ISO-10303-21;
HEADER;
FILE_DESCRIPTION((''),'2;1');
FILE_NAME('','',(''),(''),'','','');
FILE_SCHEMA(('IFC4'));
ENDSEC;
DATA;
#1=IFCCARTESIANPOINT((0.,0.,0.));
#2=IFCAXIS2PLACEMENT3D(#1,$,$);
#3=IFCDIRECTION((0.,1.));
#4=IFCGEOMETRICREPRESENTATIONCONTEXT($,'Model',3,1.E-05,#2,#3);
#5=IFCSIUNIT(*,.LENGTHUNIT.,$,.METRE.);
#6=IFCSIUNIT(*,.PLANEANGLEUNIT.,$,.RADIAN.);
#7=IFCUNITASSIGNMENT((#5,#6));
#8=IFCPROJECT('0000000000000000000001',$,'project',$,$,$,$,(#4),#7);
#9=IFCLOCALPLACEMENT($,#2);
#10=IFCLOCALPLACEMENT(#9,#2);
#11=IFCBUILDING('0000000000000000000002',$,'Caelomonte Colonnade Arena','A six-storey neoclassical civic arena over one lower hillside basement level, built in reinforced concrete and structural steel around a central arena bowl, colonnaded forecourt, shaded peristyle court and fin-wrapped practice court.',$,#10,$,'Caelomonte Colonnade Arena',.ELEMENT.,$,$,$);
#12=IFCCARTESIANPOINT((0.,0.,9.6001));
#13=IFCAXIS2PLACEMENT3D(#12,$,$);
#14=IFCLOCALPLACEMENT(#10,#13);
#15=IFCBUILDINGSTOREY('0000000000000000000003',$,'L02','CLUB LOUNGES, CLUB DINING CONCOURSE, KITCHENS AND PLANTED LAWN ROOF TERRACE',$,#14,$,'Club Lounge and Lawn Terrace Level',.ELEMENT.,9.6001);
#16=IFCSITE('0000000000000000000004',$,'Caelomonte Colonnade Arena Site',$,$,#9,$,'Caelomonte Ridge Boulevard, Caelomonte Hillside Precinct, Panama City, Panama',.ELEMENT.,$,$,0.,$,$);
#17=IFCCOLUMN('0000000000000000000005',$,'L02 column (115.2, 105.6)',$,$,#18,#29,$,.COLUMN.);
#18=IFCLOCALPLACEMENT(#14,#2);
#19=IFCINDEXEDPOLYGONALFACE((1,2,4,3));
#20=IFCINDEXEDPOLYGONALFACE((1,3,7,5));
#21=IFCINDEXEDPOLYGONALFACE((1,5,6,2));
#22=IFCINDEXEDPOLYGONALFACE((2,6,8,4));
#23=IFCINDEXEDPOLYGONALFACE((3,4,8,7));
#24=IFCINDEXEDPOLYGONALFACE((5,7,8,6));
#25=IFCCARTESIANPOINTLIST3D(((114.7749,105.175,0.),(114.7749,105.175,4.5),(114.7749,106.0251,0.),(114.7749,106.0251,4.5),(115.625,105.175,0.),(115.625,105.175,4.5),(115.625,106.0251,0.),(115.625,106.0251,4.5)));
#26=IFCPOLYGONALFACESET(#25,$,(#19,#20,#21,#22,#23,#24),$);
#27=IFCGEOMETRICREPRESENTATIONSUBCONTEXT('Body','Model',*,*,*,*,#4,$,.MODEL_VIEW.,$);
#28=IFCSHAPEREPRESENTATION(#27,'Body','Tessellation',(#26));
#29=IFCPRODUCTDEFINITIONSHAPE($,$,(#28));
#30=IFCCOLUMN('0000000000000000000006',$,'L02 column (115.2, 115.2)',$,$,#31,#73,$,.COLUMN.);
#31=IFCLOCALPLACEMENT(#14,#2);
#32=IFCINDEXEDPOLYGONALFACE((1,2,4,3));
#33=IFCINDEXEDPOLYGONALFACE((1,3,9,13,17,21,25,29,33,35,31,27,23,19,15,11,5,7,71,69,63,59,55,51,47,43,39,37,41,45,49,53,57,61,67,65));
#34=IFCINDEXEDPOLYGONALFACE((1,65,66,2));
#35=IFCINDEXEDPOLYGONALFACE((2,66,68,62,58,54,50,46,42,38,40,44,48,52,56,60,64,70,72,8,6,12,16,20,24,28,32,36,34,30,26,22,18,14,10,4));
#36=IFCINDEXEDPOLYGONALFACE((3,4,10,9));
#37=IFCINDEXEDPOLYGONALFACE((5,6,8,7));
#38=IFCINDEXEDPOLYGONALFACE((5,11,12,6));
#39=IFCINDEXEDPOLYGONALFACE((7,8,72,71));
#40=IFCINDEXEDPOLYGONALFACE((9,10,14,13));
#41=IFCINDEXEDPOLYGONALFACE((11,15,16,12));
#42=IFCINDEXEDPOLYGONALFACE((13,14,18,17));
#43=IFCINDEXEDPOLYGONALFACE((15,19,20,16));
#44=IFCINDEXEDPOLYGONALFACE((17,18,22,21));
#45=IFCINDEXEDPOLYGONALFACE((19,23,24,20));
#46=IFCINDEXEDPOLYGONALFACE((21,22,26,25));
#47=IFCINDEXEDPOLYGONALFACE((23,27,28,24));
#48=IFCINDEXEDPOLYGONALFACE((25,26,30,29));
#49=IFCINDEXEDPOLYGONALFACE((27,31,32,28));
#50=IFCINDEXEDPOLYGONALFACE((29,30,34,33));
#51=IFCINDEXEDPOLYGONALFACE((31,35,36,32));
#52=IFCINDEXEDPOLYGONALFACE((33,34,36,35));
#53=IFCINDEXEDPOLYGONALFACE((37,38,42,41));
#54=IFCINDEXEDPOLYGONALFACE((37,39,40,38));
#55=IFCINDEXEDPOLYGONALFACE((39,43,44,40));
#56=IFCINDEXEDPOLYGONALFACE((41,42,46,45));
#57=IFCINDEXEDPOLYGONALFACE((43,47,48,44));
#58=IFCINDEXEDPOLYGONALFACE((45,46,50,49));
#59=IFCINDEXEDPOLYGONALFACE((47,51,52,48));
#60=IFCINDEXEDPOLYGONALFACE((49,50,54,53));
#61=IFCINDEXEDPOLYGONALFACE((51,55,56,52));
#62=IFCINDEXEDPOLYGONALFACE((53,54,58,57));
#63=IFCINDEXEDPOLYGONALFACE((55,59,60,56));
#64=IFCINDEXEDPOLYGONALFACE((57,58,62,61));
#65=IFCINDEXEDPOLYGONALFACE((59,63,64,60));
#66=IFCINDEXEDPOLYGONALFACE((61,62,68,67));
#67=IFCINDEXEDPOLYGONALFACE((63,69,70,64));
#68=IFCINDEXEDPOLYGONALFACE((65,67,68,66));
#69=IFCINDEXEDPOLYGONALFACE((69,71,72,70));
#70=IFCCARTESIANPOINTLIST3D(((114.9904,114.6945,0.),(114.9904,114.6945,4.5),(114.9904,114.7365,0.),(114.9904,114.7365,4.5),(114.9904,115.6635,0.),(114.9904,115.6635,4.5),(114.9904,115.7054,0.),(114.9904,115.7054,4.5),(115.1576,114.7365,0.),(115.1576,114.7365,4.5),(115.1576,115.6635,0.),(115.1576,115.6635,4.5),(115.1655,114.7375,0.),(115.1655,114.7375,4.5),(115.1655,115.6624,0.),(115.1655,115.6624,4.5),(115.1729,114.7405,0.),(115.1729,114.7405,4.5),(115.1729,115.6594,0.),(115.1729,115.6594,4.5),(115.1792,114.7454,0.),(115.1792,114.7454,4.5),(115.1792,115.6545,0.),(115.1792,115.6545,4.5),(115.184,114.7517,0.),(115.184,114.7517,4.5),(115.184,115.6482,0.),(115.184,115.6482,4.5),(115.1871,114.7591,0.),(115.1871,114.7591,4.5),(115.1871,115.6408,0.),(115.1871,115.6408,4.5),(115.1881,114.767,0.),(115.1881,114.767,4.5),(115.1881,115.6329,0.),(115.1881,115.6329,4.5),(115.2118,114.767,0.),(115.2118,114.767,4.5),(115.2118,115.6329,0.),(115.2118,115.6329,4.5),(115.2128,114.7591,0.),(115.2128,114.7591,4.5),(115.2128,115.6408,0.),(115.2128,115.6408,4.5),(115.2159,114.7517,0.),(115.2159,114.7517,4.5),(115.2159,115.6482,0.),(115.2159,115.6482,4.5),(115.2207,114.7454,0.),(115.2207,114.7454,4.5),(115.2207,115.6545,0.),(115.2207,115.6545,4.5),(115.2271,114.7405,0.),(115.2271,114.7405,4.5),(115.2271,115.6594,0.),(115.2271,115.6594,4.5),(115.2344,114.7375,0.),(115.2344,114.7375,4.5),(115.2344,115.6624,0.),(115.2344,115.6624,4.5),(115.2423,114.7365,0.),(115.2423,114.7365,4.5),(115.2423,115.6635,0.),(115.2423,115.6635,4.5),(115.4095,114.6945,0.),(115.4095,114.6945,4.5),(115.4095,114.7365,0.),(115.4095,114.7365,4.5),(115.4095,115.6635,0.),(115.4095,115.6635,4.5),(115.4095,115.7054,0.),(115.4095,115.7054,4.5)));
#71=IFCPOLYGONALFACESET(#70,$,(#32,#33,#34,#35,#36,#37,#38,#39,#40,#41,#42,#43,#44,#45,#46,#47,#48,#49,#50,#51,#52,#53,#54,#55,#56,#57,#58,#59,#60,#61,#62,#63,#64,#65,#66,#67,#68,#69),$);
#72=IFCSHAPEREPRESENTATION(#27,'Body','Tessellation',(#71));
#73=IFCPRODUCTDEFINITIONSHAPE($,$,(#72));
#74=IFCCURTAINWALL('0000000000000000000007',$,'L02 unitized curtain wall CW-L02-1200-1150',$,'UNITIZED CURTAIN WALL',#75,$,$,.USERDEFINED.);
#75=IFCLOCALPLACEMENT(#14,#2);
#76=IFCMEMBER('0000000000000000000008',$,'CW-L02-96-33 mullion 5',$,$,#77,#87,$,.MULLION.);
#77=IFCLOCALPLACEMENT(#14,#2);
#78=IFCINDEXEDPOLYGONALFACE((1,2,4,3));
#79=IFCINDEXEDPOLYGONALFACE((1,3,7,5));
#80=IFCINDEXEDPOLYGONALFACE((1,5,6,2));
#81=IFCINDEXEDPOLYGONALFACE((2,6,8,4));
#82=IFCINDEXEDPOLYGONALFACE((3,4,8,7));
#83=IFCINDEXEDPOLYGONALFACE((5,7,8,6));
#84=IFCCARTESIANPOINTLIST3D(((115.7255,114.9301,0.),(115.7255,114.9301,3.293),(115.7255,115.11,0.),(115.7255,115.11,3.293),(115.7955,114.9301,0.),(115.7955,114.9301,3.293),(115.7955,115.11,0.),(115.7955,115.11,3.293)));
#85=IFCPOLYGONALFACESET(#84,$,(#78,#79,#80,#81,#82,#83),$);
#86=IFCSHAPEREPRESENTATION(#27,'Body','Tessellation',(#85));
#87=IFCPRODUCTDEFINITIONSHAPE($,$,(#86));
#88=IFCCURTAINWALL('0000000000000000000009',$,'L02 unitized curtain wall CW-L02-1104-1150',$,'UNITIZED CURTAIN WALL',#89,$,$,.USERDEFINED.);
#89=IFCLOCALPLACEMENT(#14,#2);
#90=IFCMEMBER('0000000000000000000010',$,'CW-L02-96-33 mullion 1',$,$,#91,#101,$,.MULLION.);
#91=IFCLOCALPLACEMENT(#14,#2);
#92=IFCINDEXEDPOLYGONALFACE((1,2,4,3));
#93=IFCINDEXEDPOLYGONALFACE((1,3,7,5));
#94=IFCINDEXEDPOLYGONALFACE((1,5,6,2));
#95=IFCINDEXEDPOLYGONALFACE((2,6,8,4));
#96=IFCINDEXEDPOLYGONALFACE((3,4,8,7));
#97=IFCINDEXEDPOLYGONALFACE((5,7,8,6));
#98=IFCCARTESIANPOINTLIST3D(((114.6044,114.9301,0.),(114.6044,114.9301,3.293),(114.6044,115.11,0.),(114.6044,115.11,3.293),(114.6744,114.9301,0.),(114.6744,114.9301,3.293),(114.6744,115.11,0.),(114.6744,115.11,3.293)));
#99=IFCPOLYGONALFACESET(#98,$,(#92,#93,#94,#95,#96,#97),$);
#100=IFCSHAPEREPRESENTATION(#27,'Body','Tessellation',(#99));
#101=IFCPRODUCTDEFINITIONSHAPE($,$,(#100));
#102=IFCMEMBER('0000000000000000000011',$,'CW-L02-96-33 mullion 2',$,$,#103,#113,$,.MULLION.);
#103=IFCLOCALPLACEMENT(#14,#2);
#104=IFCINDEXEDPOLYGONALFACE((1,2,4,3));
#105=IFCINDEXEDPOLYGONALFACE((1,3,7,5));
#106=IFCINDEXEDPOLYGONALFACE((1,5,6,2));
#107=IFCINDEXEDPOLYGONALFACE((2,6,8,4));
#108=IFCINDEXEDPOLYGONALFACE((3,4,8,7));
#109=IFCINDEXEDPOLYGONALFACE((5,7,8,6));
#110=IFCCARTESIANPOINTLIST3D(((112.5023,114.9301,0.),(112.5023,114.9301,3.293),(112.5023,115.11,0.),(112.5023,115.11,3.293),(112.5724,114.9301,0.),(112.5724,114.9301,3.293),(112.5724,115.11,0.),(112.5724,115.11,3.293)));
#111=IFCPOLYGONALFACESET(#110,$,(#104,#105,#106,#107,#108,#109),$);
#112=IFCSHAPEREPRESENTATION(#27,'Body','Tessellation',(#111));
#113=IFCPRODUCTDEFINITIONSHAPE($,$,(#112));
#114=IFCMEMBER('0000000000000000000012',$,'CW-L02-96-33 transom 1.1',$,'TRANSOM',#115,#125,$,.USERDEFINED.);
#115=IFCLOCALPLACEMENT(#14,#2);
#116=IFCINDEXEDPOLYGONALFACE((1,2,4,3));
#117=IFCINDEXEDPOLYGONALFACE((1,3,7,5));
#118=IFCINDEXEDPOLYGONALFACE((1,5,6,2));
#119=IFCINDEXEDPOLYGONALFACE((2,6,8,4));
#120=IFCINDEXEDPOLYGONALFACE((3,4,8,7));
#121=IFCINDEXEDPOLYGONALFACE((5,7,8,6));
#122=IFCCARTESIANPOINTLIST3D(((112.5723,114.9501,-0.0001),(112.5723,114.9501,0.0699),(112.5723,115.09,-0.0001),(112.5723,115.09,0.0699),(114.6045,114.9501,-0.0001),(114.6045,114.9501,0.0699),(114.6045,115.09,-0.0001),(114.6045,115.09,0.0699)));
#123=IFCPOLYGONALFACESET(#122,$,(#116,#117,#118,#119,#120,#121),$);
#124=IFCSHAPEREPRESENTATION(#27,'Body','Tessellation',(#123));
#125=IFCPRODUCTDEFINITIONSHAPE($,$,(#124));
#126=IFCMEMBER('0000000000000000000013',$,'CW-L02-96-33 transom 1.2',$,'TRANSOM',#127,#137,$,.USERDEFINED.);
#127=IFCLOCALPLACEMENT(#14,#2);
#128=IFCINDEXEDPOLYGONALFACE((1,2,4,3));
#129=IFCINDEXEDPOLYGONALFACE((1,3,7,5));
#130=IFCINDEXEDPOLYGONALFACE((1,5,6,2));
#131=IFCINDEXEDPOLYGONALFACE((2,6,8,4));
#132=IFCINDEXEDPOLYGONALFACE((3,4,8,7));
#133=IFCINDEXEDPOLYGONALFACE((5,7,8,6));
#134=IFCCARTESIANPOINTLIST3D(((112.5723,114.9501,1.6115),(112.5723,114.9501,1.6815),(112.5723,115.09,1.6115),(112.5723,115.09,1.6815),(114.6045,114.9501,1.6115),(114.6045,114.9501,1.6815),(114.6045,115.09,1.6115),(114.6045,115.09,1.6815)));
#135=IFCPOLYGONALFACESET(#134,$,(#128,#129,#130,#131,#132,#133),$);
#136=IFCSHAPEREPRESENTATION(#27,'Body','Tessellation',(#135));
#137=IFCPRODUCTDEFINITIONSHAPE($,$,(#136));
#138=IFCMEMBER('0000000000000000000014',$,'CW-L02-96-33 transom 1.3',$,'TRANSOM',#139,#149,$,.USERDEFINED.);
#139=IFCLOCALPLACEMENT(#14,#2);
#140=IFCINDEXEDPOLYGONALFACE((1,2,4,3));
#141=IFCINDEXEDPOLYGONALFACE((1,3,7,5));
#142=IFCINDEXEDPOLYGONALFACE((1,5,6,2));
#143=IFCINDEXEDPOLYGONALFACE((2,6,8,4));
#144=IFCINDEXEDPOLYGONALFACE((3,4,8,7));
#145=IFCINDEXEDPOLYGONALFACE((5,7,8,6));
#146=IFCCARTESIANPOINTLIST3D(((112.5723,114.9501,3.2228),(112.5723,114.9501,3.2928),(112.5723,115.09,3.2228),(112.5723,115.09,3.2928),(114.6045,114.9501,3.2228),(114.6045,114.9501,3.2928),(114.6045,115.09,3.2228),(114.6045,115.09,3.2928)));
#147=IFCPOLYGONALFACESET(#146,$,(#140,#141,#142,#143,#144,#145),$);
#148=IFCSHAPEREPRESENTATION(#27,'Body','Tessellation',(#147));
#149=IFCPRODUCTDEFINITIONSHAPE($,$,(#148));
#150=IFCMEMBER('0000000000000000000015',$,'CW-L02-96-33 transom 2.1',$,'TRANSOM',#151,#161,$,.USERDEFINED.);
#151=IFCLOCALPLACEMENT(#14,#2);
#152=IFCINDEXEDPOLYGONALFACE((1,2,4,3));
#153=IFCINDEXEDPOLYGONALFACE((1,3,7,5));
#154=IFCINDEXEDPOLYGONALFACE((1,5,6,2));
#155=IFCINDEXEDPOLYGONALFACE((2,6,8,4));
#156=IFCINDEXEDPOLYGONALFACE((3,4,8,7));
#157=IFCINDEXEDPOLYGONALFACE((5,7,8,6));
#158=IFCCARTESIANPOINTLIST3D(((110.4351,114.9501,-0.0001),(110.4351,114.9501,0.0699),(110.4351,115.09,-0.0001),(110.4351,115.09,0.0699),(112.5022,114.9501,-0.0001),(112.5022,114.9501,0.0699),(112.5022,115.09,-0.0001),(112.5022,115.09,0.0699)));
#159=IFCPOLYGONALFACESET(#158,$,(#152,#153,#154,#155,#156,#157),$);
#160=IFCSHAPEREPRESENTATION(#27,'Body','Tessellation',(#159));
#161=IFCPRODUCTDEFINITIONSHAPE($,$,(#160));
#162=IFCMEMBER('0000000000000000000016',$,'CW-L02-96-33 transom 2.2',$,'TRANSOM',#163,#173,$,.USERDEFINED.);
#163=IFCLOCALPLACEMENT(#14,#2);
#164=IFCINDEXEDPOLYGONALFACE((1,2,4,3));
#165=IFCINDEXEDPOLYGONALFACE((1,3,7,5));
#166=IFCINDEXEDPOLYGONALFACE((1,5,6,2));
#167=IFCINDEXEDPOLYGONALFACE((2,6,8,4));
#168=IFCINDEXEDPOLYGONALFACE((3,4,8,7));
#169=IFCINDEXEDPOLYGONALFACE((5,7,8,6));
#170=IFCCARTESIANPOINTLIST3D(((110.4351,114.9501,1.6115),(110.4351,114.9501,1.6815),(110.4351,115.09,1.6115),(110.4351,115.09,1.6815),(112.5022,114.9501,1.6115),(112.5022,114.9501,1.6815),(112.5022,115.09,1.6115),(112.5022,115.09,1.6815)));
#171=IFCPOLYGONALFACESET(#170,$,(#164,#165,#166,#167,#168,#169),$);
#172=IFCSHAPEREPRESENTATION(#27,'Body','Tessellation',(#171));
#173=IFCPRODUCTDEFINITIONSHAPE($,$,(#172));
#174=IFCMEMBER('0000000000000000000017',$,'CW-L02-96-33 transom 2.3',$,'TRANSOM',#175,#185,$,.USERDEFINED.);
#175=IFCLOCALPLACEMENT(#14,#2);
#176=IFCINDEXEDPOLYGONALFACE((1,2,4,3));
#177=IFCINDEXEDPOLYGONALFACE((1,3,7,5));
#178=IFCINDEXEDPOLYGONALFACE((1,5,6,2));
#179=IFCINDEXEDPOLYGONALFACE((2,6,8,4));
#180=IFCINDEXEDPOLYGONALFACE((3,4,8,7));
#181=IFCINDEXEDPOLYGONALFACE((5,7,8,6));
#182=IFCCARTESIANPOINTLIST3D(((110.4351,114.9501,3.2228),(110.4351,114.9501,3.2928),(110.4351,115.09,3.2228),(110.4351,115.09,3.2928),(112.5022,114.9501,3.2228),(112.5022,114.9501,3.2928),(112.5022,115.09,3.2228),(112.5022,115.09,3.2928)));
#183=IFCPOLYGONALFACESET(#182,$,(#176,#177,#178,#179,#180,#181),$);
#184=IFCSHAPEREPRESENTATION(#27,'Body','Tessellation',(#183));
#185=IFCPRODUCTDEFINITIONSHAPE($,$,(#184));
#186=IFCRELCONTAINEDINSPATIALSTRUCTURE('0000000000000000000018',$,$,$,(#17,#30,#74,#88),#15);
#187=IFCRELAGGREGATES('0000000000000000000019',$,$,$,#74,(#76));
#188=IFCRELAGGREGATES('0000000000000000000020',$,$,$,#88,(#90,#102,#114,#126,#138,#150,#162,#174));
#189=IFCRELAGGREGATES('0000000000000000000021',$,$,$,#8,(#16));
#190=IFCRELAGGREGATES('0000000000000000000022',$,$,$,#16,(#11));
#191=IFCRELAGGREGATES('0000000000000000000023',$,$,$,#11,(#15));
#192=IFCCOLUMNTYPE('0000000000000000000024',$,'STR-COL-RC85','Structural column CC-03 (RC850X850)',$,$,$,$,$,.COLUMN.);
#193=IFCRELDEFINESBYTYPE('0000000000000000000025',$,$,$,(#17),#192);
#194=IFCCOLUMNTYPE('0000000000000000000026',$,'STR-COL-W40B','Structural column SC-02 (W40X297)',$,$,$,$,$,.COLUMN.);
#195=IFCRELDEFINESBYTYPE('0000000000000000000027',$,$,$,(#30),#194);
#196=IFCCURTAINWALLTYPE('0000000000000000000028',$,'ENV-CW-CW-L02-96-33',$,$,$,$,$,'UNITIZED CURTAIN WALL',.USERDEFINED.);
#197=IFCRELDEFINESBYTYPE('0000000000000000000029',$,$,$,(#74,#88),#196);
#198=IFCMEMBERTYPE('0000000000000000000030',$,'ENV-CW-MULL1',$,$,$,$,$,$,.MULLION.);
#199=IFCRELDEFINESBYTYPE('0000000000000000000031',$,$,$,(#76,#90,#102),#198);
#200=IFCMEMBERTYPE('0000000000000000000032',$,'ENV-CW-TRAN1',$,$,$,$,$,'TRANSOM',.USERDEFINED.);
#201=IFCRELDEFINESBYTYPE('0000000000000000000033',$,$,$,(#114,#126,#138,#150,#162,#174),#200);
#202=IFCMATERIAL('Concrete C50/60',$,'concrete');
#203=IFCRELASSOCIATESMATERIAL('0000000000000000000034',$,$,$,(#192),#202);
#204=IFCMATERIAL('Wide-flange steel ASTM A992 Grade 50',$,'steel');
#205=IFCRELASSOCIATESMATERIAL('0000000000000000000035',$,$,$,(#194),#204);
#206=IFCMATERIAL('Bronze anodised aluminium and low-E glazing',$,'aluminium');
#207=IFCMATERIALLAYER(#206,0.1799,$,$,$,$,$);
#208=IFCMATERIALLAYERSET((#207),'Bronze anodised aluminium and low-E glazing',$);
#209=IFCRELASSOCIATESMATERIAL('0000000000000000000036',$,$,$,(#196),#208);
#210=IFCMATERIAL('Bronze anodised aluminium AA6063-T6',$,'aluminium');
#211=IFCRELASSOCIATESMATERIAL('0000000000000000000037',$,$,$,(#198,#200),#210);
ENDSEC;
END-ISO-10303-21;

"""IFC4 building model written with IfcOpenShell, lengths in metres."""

from ifc_helpers import new_model, si_unit, direction, frame, origin, origin_2d, place, context, subcontext, project, spatial, rectangle, i_section, extrude, material, layer, layer_set, material_profile, profile_set, type_object, element, aggregate, save


model = new_model("IFC4")

# Units and contexts
model_context = context("Model", 3, precision=1e-05, world=origin(), true_north=direction((0.0, 1.0)))
body_context = subcontext(model_context, "Body", "Model", "MODEL_VIEW")
ifc_project = project(units=[si_unit("LENGTHUNIT", "METRE"), si_unit("PLANEANGLEUNIT", "RADIAN")], contexts=[model_context])

# Site, building, storey
site_placement = place(None, origin())
site = spatial("IfcSite", under=ifc_project, at=site_placement, Name="Caelomonte Colonnade Arena Site", LongName="Caelomonte Ridge Boulevard, Caelomonte Hillside Precinct, Panama City, Panama", CompositionType="ELEMENT", RefElevation=0.0)
building_placement = place(site_placement, origin())
building = spatial("IfcBuilding", under=site, at=building_placement, Name="Caelomonte Colonnade Arena", Description="A six-storey neoclassical civic arena over one lower hillside basement level, built in reinforced concrete and structural steel around a central arena bowl, colonnaded forecourt, shaded peristyle court and fin-wrapped practice court.", LongName="Caelomonte Colonnade Arena", CompositionType="ELEMENT")
storey_placement = place(building_placement, frame((0.0, 0.0, 9.6001)))
storey = spatial("IfcBuildingStorey", under=building, at=storey_placement, Name="L02", Description="CLUB LOUNGES, CLUB DINING CONCOURSE, KITCHENS AND PLANTED LAWN ROOF TERRACE", LongName="Club Lounge and Lawn Terrace Level", CompositionType="ELEMENT", Elevation=9.6001)

# Columns
ifc_material_1 = material(Name="Concrete C50/60", Category="concrete")
ifc_material_profile_1 = material_profile(ifc_material_1, rectangle(XDim=0.8501, YDim=0.8501, at=origin_2d()), Name="RC850X850")
ifc_profile_set_1 = profile_set([ifc_material_profile_1], Name="Concrete C50/60")
column_type_1 = type_object("IfcColumnType", Name="STR-COL-RC85", Description="Structural column CC-03 (RC850X850)", PredefinedType="COLUMN", material=ifc_profile_set_1)
column_1_placement = place(storey_placement, frame((115.2, 105.6001, 0.0), z_axis=(0.0, 0.0, 1.0), x_axis=(1.0, 0.0, 0.0)))
element("IfcColumn", 1, at=column_1_placement, inside=storey, type_object=column_type_1, Name="L02 column (115.2, 105.6)", PredefinedType="COLUMN", context=body_context, shape_type="SweptSolid", body=[
    extrude(rectangle(XDim=0.8501, YDim=0.8501, at=origin_2d()), origin(), (0.0, 0.0, 1.0), 4.5),
])
ifc_material_2 = material(Name="Wide-flange steel ASTM A992 Grade 50", Category="steel")
ifc_material_profile_2 = material_profile(ifc_material_2, i_section(OverallWidth=0.4192, OverallDepth=1.011, WebThickness=0.0237, FlangeThickness=0.042, FilletRadius=0.0305, at=origin_2d()), Name="W40X297")
ifc_profile_set_2 = profile_set([ifc_material_profile_2], Name="Wide-flange steel ASTM A992 Grade 50")
column_type_2 = type_object("IfcColumnType", Name="STR-COL-W40B", Description="Structural column SC-02 (W40X297)", PredefinedType="COLUMN", material=ifc_profile_set_2)
column_2_placement = place(storey_placement, frame((115.2, 115.2, 0.0), z_axis=(0.0, 0.0, 1.0), x_axis=(1.0, 0.0, 0.0)))
element("IfcColumn", 2, at=column_2_placement, inside=storey, type_object=column_type_2, Name="L02 column (115.2, 115.2)", PredefinedType="COLUMN", context=body_context, shape_type="SweptSolid", body=[
    extrude(i_section(OverallWidth=0.4192, OverallDepth=1.011, WebThickness=0.0237, FlangeThickness=0.042, FilletRadius=0.0305, at=origin_2d()), origin(), (0.0, 0.0, 1.0), 4.5),
])

# Curtain wall, member
ifc_material_3 = material(Name="Bronze anodised aluminium and low-E glazing", Category="aluminium")
ifc_layer_1 = layer(ifc_material_3, 0.1799)
ifc_layer_set_1 = layer_set([ifc_layer_1], Name="Bronze anodised aluminium and low-E glazing")
curtain_wall_type = type_object("IfcCurtainWallType", Name="ENV-CW-CW-L02-96-33", ElementType="UNITIZED CURTAIN WALL", PredefinedType="USERDEFINED", material=ifc_layer_set_1)
curtain_wall_1_placement = place(storey_placement, origin())
curtain_wall_1 = element("IfcCurtainWall", 3, at=curtain_wall_1_placement, inside=storey, type_object=curtain_wall_type, Name="L02 unitized curtain wall CW-L02-1200-1150", ObjectType="UNITIZED CURTAIN WALL", PredefinedType="USERDEFINED")
ifc_material_4 = material(Name="Bronze anodised aluminium AA6063-T6", Category="aluminium")
ifc_material_profile_3 = material_profile(ifc_material_4, rectangle(XDim=0.0701, YDim=0.1799, at=origin_2d()), Name="CWM-70X180")
ifc_profile_set_3 = profile_set([ifc_material_profile_3], Name="Bronze anodised aluminium AA6063-T6")
member_type_1 = type_object("IfcMemberType", Name="ENV-CW-MULL1", PredefinedType="MULLION", material=ifc_profile_set_3)
member_1_placement = place(storey_placement, frame((115.7605, 115.02, 0.0), z_axis=(0.0, 0.0, 1.0), x_axis=(-1.0, 0.0, 0.0)))
member_1 = element("IfcMember", 4, at=member_1_placement, type_object=member_type_1, Name="CW-L02-96-33 mullion 5", PredefinedType="MULLION", context=body_context, shape_type="SweptSolid", body=[
    extrude(rectangle(XDim=0.0701, YDim=0.1799, at=origin_2d()), origin(), (0.0, 0.0, 1.0), 3.293),
])
aggregate(curtain_wall_1, [member_1])

# Curtain wall, members
curtain_wall_2_placement = place(storey_placement, origin())
curtain_wall_2 = element("IfcCurtainWall", 5, at=curtain_wall_2_placement, inside=storey, type_object=curtain_wall_type, Name="L02 unitized curtain wall CW-L02-1104-1150", ObjectType="UNITIZED CURTAIN WALL", PredefinedType="USERDEFINED")
member_2_placement = place(storey_placement, frame((114.6394, 115.02, 0.0), z_axis=(0.0, 0.0, 1.0), x_axis=(-1.0, 0.0, 0.0)))
member_2 = element("IfcMember", 6, at=member_2_placement, type_object=member_type_1, Name="CW-L02-96-33 mullion 1", PredefinedType="MULLION", context=body_context, shape_type="SweptSolid", body=[
    extrude(rectangle(XDim=0.0701, YDim=0.1799, at=origin_2d()), origin(), (0.0, 0.0, 1.0), 3.293),
])
member_3_placement = place(storey_placement, frame((112.5374, 115.02, 0.0), z_axis=(0.0, 0.0, 1.0), x_axis=(-1.0, 0.0, 0.0)))
member_3 = element("IfcMember", 7, at=member_3_placement, type_object=member_type_1, Name="CW-L02-96-33 mullion 2", PredefinedType="MULLION", context=body_context, shape_type="SweptSolid", body=[
    extrude(rectangle(XDim=0.0701, YDim=0.1799, at=origin_2d()), origin(), (0.0, 0.0, 1.0), 3.293),
])
ifc_material_profile_4 = material_profile(ifc_material_4, rectangle(XDim=0.0701, YDim=0.1399, at=origin_2d()), Name="CWT-70X140")
ifc_profile_set_4 = profile_set([ifc_material_profile_4], Name="Bronze anodised aluminium AA6063-T6")
member_type_2 = type_object("IfcMemberType", Name="ENV-CW-TRAN1", ElementType="TRANSOM", PredefinedType="USERDEFINED", material=ifc_profile_set_4)
member_4_placement = place(storey_placement, frame((114.6045, 115.02, 0.0349), z_axis=(-1.0, 0.0, 0.0), x_axis=(0.0, 0.0, 1.0)))
member_4 = element("IfcMember", 8, at=member_4_placement, type_object=member_type_2, Name="CW-L02-96-33 transom 1.1", ObjectType="TRANSOM", PredefinedType="USERDEFINED", context=body_context, shape_type="SweptSolid", body=[
    extrude(rectangle(XDim=0.0701, YDim=0.1399, at=origin_2d()), origin(), (0.0, 0.0, 1.0), 2.0322),
])
member_5_placement = place(storey_placement, frame((114.6045, 115.02, 1.6465), z_axis=(-1.0, 0.0, 0.0), x_axis=(0.0, 0.0, 1.0)))
member_5 = element("IfcMember", 9, at=member_5_placement, type_object=member_type_2, Name="CW-L02-96-33 transom 1.2", ObjectType="TRANSOM", PredefinedType="USERDEFINED", context=body_context, shape_type="SweptSolid", body=[
    extrude(rectangle(XDim=0.0701, YDim=0.1399, at=origin_2d()), origin(), (0.0, 0.0, 1.0), 2.0322),
])
member_6_placement = place(storey_placement, frame((114.6045, 115.02, 3.2578), z_axis=(-1.0, 0.0, 0.0), x_axis=(0.0, 0.0, 1.0)))
member_6 = element("IfcMember", 10, at=member_6_placement, type_object=member_type_2, Name="CW-L02-96-33 transom 1.3", ObjectType="TRANSOM", PredefinedType="USERDEFINED", context=body_context, shape_type="SweptSolid", body=[
    extrude(rectangle(XDim=0.0701, YDim=0.1399, at=origin_2d()), origin(), (0.0, 0.0, 1.0), 2.0322),
])
member_7_placement = place(storey_placement, frame((112.5022, 115.02, 0.0349), z_axis=(-1.0, 0.0, 0.0), x_axis=(0.0, 0.0, 1.0)))
member_7 = element("IfcMember", 11, at=member_7_placement, type_object=member_type_2, Name="CW-L02-96-33 transom 2.1", ObjectType="TRANSOM", PredefinedType="USERDEFINED", context=body_context, shape_type="SweptSolid", body=[
    extrude(rectangle(XDim=0.0701, YDim=0.1399, at=origin_2d()), origin(), (0.0, 0.0, 1.0), 2.0671),
])
member_8_placement = place(storey_placement, frame((112.5022, 115.02, 1.6465), z_axis=(-1.0, 0.0, 0.0), x_axis=(0.0, 0.0, 1.0)))
member_8 = element("IfcMember", 12, at=member_8_placement, type_object=member_type_2, Name="CW-L02-96-33 transom 2.2", ObjectType="TRANSOM", PredefinedType="USERDEFINED", context=body_context, shape_type="SweptSolid", body=[
    extrude(rectangle(XDim=0.0701, YDim=0.1399, at=origin_2d()), origin(), (0.0, 0.0, 1.0), 2.0671),
])
member_9_placement = place(storey_placement, frame((112.5022, 115.02, 3.2578), z_axis=(-1.0, 0.0, 0.0), x_axis=(0.0, 0.0, 1.0)))
member_9 = element("IfcMember", 13, at=member_9_placement, type_object=member_type_2, Name="CW-L02-96-33 transom 2.3", ObjectType="TRANSOM", PredefinedType="USERDEFINED", context=body_context, shape_type="SweptSolid", body=[
    extrude(rectangle(XDim=0.0701, YDim=0.1399, at=origin_2d()), origin(), (0.0, 0.0, 1.0), 2.0671),
])

aggregate(curtain_wall_2, [member_2, member_3, member_4, member_5, member_6, member_7, member_8, member_9])

save(model, "model.ifc")
